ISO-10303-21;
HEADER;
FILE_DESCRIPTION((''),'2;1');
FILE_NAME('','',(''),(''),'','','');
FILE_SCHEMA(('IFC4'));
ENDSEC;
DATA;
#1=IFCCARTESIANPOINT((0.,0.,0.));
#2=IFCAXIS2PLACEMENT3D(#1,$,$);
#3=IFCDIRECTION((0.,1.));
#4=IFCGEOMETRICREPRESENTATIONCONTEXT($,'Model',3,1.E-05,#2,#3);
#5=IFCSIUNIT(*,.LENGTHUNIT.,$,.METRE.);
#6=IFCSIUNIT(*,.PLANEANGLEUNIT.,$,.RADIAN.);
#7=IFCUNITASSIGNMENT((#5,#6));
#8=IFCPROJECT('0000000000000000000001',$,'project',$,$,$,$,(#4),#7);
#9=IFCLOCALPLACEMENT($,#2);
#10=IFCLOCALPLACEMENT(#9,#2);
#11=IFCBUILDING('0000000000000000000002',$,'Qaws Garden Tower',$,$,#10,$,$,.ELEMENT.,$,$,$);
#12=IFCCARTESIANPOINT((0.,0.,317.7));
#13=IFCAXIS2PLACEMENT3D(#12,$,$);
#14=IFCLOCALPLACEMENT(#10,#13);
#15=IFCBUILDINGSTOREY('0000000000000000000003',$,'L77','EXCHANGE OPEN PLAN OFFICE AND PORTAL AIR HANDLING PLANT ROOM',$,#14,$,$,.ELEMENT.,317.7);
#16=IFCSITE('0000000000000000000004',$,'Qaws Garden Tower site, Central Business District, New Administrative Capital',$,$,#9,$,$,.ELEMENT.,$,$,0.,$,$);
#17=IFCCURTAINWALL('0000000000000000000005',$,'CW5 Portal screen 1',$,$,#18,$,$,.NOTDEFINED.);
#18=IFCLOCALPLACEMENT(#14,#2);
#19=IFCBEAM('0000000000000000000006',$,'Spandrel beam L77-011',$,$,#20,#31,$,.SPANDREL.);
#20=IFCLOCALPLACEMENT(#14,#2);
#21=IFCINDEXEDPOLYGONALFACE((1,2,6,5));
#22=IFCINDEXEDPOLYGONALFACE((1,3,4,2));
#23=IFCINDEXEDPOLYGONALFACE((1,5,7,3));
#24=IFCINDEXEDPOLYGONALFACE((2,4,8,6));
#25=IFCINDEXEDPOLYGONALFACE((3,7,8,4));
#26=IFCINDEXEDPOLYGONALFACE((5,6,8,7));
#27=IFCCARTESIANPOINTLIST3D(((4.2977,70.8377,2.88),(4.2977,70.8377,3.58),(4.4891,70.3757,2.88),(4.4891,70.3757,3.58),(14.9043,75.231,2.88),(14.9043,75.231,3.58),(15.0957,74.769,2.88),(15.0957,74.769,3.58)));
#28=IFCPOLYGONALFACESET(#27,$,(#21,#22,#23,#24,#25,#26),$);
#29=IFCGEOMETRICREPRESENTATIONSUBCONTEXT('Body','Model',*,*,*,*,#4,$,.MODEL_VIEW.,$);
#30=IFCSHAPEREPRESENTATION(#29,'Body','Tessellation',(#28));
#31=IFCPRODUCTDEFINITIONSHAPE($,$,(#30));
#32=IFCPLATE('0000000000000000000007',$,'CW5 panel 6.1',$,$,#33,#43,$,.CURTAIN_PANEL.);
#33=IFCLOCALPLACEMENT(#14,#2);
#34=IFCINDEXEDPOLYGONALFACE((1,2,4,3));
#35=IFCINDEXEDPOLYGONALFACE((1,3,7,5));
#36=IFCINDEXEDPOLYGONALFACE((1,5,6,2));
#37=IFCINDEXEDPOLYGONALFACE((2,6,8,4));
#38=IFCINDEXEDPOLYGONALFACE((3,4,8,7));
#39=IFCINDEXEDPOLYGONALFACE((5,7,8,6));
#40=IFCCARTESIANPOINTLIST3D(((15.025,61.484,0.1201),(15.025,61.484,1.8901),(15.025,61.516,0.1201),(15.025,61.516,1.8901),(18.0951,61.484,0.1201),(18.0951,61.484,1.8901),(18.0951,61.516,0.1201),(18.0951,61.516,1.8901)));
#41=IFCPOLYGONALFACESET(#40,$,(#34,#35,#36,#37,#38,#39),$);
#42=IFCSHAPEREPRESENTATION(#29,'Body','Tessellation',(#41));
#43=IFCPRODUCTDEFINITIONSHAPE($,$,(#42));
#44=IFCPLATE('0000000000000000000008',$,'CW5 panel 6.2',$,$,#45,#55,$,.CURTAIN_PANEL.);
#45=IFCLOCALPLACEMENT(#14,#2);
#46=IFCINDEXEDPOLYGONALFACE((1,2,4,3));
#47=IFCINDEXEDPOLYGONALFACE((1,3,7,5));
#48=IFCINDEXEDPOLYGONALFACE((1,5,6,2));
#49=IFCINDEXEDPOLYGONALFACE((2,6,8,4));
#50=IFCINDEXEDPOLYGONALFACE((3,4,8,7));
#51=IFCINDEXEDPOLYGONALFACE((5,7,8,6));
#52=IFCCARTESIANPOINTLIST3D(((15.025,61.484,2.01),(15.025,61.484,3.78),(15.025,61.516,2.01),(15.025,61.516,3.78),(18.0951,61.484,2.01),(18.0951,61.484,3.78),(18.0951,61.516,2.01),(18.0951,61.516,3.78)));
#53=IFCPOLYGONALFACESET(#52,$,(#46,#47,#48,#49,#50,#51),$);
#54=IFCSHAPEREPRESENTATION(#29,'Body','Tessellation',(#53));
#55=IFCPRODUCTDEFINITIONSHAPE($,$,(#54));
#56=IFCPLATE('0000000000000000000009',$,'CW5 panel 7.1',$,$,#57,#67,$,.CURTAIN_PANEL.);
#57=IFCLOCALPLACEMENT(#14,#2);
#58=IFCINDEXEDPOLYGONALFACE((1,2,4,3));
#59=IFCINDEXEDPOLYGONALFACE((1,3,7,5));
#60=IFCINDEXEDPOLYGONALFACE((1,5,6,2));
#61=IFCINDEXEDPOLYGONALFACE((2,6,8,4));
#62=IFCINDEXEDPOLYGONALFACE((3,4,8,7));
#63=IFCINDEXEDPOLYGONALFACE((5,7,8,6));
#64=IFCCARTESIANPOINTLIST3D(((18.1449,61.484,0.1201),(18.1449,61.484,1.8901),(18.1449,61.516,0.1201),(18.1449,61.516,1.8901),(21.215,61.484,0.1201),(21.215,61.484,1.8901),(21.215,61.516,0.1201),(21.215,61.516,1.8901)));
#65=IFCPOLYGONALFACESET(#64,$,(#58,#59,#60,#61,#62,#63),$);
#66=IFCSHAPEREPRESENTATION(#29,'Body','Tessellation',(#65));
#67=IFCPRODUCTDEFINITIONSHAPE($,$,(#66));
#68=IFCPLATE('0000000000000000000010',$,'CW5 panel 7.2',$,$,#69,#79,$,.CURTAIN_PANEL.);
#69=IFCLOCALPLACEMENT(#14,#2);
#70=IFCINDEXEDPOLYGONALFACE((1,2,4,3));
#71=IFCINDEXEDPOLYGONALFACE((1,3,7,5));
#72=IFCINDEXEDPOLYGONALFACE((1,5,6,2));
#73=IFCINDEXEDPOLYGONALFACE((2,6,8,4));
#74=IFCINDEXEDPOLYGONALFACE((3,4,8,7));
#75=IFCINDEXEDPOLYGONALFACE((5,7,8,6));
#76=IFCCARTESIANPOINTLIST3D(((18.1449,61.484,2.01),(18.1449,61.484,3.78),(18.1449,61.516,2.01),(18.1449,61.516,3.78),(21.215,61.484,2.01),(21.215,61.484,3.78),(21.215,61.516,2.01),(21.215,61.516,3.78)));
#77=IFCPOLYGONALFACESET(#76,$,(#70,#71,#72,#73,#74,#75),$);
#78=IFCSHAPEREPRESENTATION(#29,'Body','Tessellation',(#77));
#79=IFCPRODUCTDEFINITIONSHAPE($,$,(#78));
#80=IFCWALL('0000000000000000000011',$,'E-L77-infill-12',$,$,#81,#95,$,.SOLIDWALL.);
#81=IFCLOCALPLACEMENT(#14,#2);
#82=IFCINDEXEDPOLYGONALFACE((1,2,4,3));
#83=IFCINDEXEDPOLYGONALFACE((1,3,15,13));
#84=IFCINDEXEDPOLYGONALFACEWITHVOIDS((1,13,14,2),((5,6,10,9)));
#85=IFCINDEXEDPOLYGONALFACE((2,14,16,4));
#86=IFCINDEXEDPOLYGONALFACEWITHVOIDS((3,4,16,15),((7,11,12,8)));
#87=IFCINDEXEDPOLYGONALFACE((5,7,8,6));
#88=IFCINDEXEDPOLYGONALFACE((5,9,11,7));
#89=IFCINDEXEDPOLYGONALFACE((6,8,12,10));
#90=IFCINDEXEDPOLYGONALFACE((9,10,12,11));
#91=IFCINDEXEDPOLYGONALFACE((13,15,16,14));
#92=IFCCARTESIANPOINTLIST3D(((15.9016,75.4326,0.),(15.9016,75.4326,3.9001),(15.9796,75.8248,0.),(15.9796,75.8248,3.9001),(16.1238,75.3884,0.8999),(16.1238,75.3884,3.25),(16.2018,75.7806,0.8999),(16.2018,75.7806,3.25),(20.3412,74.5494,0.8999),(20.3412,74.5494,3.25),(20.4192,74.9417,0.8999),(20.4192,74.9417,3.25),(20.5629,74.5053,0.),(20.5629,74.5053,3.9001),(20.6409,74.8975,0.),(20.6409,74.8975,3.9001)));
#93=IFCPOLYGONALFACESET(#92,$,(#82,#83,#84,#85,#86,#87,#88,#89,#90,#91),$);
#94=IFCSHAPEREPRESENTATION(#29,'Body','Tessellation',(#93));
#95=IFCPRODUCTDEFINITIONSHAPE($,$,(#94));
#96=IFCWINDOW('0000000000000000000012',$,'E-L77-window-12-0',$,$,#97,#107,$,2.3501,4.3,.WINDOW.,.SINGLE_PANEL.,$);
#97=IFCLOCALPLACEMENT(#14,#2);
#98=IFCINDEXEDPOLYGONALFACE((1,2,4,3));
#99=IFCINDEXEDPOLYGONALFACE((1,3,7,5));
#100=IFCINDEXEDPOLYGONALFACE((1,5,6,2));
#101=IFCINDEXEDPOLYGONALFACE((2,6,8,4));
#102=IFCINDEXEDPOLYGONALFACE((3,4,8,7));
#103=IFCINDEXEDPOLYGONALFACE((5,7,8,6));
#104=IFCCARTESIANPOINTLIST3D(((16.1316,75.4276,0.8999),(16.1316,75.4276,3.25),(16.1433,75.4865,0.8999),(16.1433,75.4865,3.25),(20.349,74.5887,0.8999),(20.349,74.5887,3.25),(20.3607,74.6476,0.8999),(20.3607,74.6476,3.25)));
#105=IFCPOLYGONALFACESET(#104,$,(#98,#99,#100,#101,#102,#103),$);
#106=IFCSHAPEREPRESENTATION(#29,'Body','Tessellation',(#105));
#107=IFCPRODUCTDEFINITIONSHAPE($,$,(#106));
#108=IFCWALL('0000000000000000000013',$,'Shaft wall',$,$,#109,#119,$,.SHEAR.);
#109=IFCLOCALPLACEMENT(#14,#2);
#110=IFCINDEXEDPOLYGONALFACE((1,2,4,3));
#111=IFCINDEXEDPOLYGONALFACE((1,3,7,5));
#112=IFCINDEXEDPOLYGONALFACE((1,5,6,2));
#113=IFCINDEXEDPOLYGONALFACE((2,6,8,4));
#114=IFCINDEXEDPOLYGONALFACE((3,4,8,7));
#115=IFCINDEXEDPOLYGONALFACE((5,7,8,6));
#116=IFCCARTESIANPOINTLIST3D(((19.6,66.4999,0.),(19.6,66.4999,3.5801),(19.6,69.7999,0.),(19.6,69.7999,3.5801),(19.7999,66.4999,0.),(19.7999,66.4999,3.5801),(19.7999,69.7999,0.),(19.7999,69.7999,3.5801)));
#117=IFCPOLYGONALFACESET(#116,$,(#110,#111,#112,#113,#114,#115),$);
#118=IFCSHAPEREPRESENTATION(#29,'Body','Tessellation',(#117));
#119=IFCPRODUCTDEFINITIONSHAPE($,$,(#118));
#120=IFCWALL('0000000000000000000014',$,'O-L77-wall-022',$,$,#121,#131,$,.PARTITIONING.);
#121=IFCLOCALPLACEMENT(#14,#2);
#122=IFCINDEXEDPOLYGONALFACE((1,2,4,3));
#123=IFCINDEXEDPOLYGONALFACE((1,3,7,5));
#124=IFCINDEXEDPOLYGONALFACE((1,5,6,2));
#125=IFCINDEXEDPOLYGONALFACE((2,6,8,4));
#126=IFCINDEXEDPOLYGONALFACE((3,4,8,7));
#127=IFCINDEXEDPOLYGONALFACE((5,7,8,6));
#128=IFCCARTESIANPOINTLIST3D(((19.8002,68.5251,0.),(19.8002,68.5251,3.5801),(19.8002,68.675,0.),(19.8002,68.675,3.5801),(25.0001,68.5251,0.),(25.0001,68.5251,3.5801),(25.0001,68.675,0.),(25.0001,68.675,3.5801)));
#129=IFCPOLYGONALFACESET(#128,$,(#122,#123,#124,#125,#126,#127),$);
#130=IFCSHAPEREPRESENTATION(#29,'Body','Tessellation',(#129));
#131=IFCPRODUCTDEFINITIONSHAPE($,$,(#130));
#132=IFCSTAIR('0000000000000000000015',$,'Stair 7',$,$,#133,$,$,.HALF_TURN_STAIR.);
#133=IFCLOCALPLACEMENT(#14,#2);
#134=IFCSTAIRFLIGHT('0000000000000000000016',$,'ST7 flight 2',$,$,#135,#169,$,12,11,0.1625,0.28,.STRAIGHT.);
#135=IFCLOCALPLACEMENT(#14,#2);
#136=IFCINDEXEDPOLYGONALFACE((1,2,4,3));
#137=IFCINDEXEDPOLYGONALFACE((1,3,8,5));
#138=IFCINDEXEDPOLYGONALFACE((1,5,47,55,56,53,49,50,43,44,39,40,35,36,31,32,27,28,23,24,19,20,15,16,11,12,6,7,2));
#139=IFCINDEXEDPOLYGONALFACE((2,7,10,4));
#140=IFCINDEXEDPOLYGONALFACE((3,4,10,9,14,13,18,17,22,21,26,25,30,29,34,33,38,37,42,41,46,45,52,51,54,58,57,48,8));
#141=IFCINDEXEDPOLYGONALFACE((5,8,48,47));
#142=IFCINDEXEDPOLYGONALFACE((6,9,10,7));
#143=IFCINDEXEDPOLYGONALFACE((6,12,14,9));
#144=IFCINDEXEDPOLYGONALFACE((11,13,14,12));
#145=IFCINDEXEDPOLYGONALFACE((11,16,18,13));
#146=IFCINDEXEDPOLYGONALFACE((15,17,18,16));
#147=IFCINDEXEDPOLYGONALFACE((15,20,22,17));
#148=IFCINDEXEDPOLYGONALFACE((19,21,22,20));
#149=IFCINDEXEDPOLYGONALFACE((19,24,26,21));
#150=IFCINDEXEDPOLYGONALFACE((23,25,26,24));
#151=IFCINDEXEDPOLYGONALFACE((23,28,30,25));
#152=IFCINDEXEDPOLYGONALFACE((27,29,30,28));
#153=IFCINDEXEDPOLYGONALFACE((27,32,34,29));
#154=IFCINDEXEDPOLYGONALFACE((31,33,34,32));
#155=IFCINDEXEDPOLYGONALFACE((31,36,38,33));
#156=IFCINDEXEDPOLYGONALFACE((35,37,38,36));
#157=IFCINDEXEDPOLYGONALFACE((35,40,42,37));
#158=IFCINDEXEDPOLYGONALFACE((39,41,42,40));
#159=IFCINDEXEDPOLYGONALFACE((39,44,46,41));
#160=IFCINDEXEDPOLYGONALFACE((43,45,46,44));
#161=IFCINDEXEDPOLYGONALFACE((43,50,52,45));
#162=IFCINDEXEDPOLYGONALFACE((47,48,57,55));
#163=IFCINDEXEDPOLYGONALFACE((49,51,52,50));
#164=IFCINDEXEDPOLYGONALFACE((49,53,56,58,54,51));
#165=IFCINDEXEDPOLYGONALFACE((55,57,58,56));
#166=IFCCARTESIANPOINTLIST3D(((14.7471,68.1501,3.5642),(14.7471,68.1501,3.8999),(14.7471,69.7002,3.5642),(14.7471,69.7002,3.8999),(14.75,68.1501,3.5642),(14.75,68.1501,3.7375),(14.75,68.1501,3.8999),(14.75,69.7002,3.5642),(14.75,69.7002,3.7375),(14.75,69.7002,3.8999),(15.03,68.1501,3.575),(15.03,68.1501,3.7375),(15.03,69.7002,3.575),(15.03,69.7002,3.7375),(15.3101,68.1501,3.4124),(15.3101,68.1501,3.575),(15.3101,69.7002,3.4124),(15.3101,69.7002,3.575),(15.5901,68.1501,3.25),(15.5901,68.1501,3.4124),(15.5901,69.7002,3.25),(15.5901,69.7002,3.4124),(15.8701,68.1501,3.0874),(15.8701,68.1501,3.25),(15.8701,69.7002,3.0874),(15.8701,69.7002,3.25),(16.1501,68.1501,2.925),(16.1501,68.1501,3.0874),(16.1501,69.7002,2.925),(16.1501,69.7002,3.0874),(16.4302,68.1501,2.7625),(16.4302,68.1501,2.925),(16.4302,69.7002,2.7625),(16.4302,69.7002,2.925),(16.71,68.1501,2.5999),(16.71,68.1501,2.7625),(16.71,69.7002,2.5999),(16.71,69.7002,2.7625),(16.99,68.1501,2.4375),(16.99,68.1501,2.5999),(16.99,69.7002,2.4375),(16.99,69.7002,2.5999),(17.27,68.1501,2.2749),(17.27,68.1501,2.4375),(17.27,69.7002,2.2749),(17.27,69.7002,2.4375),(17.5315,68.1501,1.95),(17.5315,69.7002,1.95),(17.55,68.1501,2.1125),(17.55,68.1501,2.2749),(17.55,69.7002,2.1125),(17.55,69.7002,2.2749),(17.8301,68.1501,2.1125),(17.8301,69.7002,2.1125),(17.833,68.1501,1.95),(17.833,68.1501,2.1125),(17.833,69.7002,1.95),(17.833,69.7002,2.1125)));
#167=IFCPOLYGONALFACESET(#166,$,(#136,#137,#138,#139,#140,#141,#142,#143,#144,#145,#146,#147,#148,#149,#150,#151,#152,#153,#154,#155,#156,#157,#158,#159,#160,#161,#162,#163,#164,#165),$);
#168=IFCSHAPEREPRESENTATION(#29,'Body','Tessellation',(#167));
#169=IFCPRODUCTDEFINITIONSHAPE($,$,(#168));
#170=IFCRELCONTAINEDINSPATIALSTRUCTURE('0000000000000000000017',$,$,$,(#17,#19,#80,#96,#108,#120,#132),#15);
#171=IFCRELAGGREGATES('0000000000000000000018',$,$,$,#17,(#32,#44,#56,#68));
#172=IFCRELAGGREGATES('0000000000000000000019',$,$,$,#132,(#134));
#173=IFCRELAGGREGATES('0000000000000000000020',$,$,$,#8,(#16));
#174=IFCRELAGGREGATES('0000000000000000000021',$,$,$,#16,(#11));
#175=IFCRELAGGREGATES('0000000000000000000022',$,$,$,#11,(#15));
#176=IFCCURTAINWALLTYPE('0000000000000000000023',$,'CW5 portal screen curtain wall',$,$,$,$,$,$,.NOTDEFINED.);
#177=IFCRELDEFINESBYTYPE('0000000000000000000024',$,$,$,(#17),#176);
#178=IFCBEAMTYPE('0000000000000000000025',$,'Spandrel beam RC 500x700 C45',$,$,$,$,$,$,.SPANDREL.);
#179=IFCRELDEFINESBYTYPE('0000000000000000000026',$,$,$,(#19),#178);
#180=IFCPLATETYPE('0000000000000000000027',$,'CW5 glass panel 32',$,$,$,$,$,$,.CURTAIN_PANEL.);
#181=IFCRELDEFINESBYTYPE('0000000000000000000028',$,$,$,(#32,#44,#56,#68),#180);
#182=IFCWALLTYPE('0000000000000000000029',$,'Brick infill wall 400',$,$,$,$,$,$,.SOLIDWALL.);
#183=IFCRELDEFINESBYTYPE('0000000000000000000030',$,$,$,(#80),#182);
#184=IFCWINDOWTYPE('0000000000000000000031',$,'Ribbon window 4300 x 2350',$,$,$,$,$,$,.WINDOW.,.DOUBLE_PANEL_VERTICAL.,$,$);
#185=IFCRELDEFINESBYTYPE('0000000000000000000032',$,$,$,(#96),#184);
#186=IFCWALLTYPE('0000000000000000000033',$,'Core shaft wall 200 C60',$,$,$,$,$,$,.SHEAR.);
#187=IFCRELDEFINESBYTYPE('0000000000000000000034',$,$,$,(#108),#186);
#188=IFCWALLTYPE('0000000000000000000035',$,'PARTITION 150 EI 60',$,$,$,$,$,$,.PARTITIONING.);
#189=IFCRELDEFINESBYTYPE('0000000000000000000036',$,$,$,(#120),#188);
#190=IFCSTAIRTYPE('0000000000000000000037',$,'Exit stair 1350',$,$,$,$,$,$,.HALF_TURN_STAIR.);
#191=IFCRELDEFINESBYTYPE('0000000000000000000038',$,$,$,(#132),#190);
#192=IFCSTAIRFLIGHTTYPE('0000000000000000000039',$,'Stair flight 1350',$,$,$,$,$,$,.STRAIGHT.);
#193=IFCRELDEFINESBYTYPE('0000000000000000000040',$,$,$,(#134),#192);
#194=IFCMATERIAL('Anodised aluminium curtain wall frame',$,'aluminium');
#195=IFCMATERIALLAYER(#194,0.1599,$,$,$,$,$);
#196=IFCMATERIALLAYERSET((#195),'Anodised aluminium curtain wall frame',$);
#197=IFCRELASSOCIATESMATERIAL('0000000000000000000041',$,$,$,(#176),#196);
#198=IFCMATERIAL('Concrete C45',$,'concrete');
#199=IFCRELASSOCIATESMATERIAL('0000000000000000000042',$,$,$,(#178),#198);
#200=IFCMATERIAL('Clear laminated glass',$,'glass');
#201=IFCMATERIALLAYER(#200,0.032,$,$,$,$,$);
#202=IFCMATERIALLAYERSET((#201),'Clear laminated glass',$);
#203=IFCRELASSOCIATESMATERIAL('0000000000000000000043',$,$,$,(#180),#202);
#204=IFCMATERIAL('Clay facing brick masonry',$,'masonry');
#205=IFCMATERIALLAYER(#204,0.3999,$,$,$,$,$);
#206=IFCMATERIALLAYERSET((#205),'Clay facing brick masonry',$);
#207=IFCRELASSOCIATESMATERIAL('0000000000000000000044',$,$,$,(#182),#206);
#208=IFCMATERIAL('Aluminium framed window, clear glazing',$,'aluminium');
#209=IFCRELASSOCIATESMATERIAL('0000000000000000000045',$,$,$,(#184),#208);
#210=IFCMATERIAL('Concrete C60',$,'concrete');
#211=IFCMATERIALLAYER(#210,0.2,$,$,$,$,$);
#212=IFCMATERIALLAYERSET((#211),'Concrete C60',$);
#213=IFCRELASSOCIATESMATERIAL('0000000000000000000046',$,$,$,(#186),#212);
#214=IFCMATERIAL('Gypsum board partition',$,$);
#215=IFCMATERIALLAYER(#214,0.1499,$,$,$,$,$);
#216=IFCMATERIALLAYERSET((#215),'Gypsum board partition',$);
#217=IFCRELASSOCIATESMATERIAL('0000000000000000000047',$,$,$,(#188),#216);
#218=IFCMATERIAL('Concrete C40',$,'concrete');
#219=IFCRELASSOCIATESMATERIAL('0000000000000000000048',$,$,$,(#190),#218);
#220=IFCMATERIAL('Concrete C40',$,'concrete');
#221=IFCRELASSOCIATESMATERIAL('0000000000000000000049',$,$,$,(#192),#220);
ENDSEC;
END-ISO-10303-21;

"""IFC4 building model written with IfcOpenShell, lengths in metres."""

from ifc_helpers import new_model, si_unit, direction, frame, frame_2d, origin, origin_2d, place, context, subcontext, project, spatial, polyline, rectangle, outline, extrude, material, layer, layer_set, material_profile, profile_set, type_object, element, fill, aggregate, save


model = new_model("IFC4")

# Units and contexts
model_context = context("Model", 3, precision=1e-05, world=origin(), true_north=direction((0.0, 1.0)))
body_context = subcontext(model_context, "Body", "Model", "MODEL_VIEW")
ifc_project = project(units=[si_unit("LENGTHUNIT", "METRE"), si_unit("PLANEANGLEUNIT", "RADIAN")], contexts=[model_context])

# Site, building, storey
site_placement = place(None, origin())
site = spatial("IfcSite", under=ifc_project, at=site_placement, Name="Qaws Garden Tower site, Central Business District, New Administrative Capital", CompositionType="ELEMENT", RefElevation=0.0)
building_placement = place(site_placement, origin())
building = spatial("IfcBuilding", under=site, at=building_placement, Name="Qaws Garden Tower", CompositionType="ELEMENT")
storey_placement = place(building_placement, frame((0.0, 0.0, 317.7)))
storey = spatial("IfcBuildingStorey", under=building, at=storey_placement, Name="L77", Description="EXCHANGE OPEN PLAN OFFICE AND PORTAL AIR HANDLING PLANT ROOM", CompositionType="ELEMENT", Elevation=317.7)

# Curtain wall
ifc_material_1 = material(Name="Anodised aluminium curtain wall frame", Category="aluminium")
ifc_layer_1 = layer(ifc_material_1, 0.1599)
ifc_layer_set_1 = layer_set([ifc_layer_1], Name="Anodised aluminium curtain wall frame")
curtain_wall_type = type_object("IfcCurtainWallType", Name="CW5 portal screen curtain wall", PredefinedType="NOTDEFINED", material=ifc_layer_set_1)
placement = place(storey_placement, origin())
curtain_wall = element("IfcCurtainWall", 1, at=placement, inside=storey, type_object=curtain_wall_type, Name="CW5 Portal screen 1", PredefinedType="NOTDEFINED")

# Beam
ifc_material_2 = material(Name="Concrete C45", Category="concrete")
ifc_material_profile_1 = material_profile(ifc_material_2, rectangle(XDim=0.5, YDim=0.7, at=origin_2d()), Name="RC 500x700")
ifc_profile_set_1 = profile_set([ifc_material_profile_1], Name="Concrete C45")
beam_type = type_object("IfcBeamType", Name="Spandrel beam RC 500x700 C45", PredefinedType="SPANDREL", material=ifc_profile_set_1)
beam_placement = place(storey_placement, frame((15.0, 75.0, 3.23), z_axis=(-0.923883, -0.382674, 0.0), x_axis=(0.382674, -0.923883, 0.0)))
element("IfcBeam", 2, at=beam_placement, inside=storey, type_object=beam_type, Name="Spandrel beam L77-011", PredefinedType="SPANDREL", context=body_context, shape_type="SweptSolid", body=[
    extrude(rectangle(XDim=0.5, YDim=0.7, at=origin_2d()), origin(), (0.0, 0.0, 1.0), 11.4805),
])

# Plates
ifc_material_3 = material(Name="Clear laminated glass", Category="glass")
ifc_layer_2 = layer(ifc_material_3, 0.032)
ifc_layer_set_2 = layer_set([ifc_layer_2], Name="Clear laminated glass")
plate_type = type_object("IfcPlateType", Name="CW5 glass panel 32", PredefinedType="CURTAIN_PANEL", material=ifc_layer_set_2)
plate_1_placement = place(storey_placement, frame((16.5601, 61.5, 0.1201), z_axis=(0.0, 0.0, 1.0), x_axis=(1.0, 0.0, 0.0)))
plate_1 = element("IfcPlate", 3, at=plate_1_placement, type_object=plate_type, Name="CW5 panel 6.1", PredefinedType="CURTAIN_PANEL", context=body_context, shape_type="SweptSolid", body=[
    extrude(rectangle(XDim=3.0701, YDim=0.032, at=origin_2d()), origin(), (0.0, 0.0, 1.0), 1.77),
])
plate_2_placement = place(storey_placement, frame((16.5601, 61.5, 2.01), z_axis=(0.0, 0.0, 1.0), x_axis=(1.0, 0.0, 0.0)))
plate_2 = element("IfcPlate", 4, at=plate_2_placement, type_object=plate_type, Name="CW5 panel 6.2", PredefinedType="CURTAIN_PANEL", context=body_context, shape_type="SweptSolid", body=[
    extrude(rectangle(XDim=3.0701, YDim=0.032, at=origin_2d()), origin(), (0.0, 0.0, 1.0), 1.77),
])
plate_3_placement = place(storey_placement, frame((19.6799, 61.5, 0.1201), z_axis=(0.0, 0.0, 1.0), x_axis=(1.0, 0.0, 0.0)))
plate_3 = element("IfcPlate", 5, at=plate_3_placement, type_object=plate_type, Name="CW5 panel 7.1", PredefinedType="CURTAIN_PANEL", context=body_context, shape_type="SweptSolid", body=[
    extrude(rectangle(XDim=3.0701, YDim=0.032, at=origin_2d()), origin(), (0.0, 0.0, 1.0), 1.77),
])
plate_4_placement = place(storey_placement, frame((19.6799, 61.5, 2.01), z_axis=(0.0, 0.0, 1.0), x_axis=(1.0, 0.0, 0.0)))
plate_4 = element("IfcPlate", 6, at=plate_4_placement, type_object=plate_type, Name="CW5 panel 7.2", PredefinedType="CURTAIN_PANEL", context=body_context, shape_type="SweptSolid", body=[
    extrude(rectangle(XDim=3.0701, YDim=0.032, at=origin_2d()), origin(), (0.0, 0.0, 1.0), 1.77),
])
aggregate(curtain_wall, [plate_1, plate_2, plate_3, plate_4])

# Wall, opening, window
ifc_material_4 = material(Name="Clay facing brick masonry", Category="masonry")
ifc_layer_3 = layer(ifc_material_4, 0.3999)
ifc_layer_set_3 = layer_set([ifc_layer_3], Name="Clay facing brick masonry")
wall_type_1 = type_object("IfcWallType", Name="Brick infill wall 400", PredefinedType="SOLIDWALL", material=ifc_layer_set_3)
wall_1_placement = place(storey_placement, frame((20.6021, 74.7014, 0.0), z_axis=(0.0, 0.0, 1.0), x_axis=(-0.980784, 0.195099, 0.0)))
wall_1 = element("IfcWall", 7, at=wall_1_placement, inside=storey, type_object=wall_type_1, Name="E-L77-infill-12", PredefinedType="SOLIDWALL", context=body_context, shape_type="SweptSolid", body=[
    extrude(rectangle(XDim=4.7527, YDim=0.3999, at=frame_2d((2.3765, 0.0))), origin(), (0.0, 0.0, 1.0), 3.9001),
])
opening_placement = place(wall_1_placement, frame((0.2263, 0.0, 0.8999)))
opening = element("IfcOpeningElement", 8, at=opening_placement, cuts=wall_1, PredefinedType="OPENING", context=body_context, shape_type="SweptSolid", body=[
    extrude(rectangle(XDim=4.3, YDim=2.3501, at=frame_2d((2.1499, 1.175))), frame((0.0, 0.21, 0.0), z_axis=(0.0, -1.0, 0.0), x_axis=(1.0, 0.0, 0.0)), (0.0, 0.0, 1.0), 0.4199),
])
ifc_material_5 = material(Name="Aluminium framed window, clear glazing", Category="aluminium")
window_type = type_object("IfcWindowType", Name="Ribbon window 4300 x 2350", PartitioningType="DOUBLE_PANEL_VERTICAL", PredefinedType="WINDOW", material=ifc_material_5)
window_placement = place(opening_placement, origin())
window = element("IfcWindow", 9, at=window_placement, inside=storey, type_object=window_type, Name="E-L77-window-12-0", OverallHeight=2.3501, OverallWidth=4.3, PartitioningType="SINGLE_PANEL", PredefinedType="WINDOW", context=body_context, shape_type="SweptSolid", body=[
    extrude(rectangle(XDim=4.3, YDim=2.3501, at=frame_2d((2.1499, 1.175))), frame((0.0, 0.1599, 0.0), z_axis=(0.0, -1.0, 0.0), x_axis=(1.0, 0.0, 0.0)), (0.0, 0.0, 1.0), 0.0601),
])
fill(opening, window)

# Walls
ifc_material_6 = material(Name="Concrete C60", Category="concrete")
ifc_layer_4 = layer(ifc_material_6, 0.2)
ifc_layer_set_4 = layer_set([ifc_layer_4], Name="Concrete C60")
wall_type_2 = type_object("IfcWallType", Name="Core shaft wall 200 C60", PredefinedType="SHEAR", material=ifc_layer_set_4)
wall_2_placement = place(storey_placement, frame((19.7, 66.5, 0.0), z_axis=(0.0, 0.0, 1.0), x_axis=(0.0, 1.0, 0.0)))
element("IfcWall", 10, at=wall_2_placement, inside=storey, type_object=wall_type_2, Name="Shaft wall", PredefinedType="SHEAR", context=body_context, shape_type="SweptSolid", body=[
    extrude(rectangle(XDim=3.3, YDim=0.2, at=frame_2d((1.6499, 0.0))), origin(), (0.0, 0.0, 1.0), 3.5801),
])
ifc_material_7 = material(Name="Gypsum board partition")
ifc_layer_5 = layer(ifc_material_7, 0.1499)
ifc_layer_set_5 = layer_set([ifc_layer_5], Name="Gypsum board partition")
wall_type_3 = type_object("IfcWallType", Name="PARTITION 150 EI 60", PredefinedType="PARTITIONING", material=ifc_layer_set_5)
wall_3_placement = place(storey_placement, frame((19.8, 68.6001, 0.0), z_axis=(0.0, 0.0, 1.0), x_axis=(1.0, 0.0, 0.0)))
element("IfcWall", 11, at=wall_3_placement, inside=storey, type_object=wall_type_3, Name="O-L77-wall-022", PredefinedType="PARTITIONING", context=body_context, shape_type="SweptSolid", body=[
    extrude(rectangle(XDim=5.2, YDim=0.1499, at=frame_2d((2.6001, 0.0))), origin(), (0.0, 0.0, 1.0), 3.5801),
])

# Stair, stair flight
ifc_material_8 = material(Name="Concrete C40", Category="concrete")
stair_type = type_object("IfcStairType", Name="Exit stair 1350", PredefinedType="HALF_TURN_STAIR", material=ifc_material_8)
stair = element("IfcStair", 12, at=placement, inside=storey, type_object=stair_type, Name="Stair 7", PredefinedType="HALF_TURN_STAIR")
ifc_material_9 = material(Name="Concrete C40", Category="concrete")
stair_flight_type = type_object("IfcStairFlightType", Name="Stair flight 1350", PredefinedType="STRAIGHT", material=ifc_material_9)
stair_flight_placement = place(storey_placement, frame((17.8301, 68.925, 1.95), z_axis=(0.0, 0.0, 1.0), x_axis=(-1.0, 0.0, 0.0)))
stair_flight = element("IfcStairFlight", 13, at=stair_flight_placement, type_object=stair_flight_type, Name="ST7 flight 2", NumberOfRisers=12, NumberOfTreads=11, PredefinedType="STRAIGHT", RiserHeight=0.1625, TreadLength=0.28, context=body_context, shape_type="SweptSolid", body=[
    extrude(outline(polyline([(-0.0029, 0.0), (-0.0029, 0.1626), (0.0, 0.1626), (0.28, 0.1626), (0.28, 0.325), (0.5601, 0.325), (0.5601, 0.4875), (0.8401, 0.4875), (0.8401, 0.6499), (1.1201, 0.6499), (1.1201, 0.8125), (1.3999, 0.8125), (1.3999, 0.9751), (1.6799, 0.9751), (1.6799, 1.1375), (1.96, 1.1375), (1.96, 1.3), (2.24, 1.3), (2.24, 1.4624), (2.52, 1.4624), (2.52, 1.625), (2.8, 1.625), (2.8, 1.7876), (3.0801, 1.7876), (3.0801, 1.95), (3.083, 1.95), (3.083, 1.6143), (3.0801, 1.6143), (0.2986, 0.0), (-0.0029, 0.0)])), frame((0.0, 0.7749, 0.0), z_axis=(0.0, -1.0, 0.0), x_axis=(1.0, 0.0, 0.0)), (0.0, 0.0, 1.0), 1.55),
])
aggregate(stair, [stair_flight])

save(model, "model.ifc")
